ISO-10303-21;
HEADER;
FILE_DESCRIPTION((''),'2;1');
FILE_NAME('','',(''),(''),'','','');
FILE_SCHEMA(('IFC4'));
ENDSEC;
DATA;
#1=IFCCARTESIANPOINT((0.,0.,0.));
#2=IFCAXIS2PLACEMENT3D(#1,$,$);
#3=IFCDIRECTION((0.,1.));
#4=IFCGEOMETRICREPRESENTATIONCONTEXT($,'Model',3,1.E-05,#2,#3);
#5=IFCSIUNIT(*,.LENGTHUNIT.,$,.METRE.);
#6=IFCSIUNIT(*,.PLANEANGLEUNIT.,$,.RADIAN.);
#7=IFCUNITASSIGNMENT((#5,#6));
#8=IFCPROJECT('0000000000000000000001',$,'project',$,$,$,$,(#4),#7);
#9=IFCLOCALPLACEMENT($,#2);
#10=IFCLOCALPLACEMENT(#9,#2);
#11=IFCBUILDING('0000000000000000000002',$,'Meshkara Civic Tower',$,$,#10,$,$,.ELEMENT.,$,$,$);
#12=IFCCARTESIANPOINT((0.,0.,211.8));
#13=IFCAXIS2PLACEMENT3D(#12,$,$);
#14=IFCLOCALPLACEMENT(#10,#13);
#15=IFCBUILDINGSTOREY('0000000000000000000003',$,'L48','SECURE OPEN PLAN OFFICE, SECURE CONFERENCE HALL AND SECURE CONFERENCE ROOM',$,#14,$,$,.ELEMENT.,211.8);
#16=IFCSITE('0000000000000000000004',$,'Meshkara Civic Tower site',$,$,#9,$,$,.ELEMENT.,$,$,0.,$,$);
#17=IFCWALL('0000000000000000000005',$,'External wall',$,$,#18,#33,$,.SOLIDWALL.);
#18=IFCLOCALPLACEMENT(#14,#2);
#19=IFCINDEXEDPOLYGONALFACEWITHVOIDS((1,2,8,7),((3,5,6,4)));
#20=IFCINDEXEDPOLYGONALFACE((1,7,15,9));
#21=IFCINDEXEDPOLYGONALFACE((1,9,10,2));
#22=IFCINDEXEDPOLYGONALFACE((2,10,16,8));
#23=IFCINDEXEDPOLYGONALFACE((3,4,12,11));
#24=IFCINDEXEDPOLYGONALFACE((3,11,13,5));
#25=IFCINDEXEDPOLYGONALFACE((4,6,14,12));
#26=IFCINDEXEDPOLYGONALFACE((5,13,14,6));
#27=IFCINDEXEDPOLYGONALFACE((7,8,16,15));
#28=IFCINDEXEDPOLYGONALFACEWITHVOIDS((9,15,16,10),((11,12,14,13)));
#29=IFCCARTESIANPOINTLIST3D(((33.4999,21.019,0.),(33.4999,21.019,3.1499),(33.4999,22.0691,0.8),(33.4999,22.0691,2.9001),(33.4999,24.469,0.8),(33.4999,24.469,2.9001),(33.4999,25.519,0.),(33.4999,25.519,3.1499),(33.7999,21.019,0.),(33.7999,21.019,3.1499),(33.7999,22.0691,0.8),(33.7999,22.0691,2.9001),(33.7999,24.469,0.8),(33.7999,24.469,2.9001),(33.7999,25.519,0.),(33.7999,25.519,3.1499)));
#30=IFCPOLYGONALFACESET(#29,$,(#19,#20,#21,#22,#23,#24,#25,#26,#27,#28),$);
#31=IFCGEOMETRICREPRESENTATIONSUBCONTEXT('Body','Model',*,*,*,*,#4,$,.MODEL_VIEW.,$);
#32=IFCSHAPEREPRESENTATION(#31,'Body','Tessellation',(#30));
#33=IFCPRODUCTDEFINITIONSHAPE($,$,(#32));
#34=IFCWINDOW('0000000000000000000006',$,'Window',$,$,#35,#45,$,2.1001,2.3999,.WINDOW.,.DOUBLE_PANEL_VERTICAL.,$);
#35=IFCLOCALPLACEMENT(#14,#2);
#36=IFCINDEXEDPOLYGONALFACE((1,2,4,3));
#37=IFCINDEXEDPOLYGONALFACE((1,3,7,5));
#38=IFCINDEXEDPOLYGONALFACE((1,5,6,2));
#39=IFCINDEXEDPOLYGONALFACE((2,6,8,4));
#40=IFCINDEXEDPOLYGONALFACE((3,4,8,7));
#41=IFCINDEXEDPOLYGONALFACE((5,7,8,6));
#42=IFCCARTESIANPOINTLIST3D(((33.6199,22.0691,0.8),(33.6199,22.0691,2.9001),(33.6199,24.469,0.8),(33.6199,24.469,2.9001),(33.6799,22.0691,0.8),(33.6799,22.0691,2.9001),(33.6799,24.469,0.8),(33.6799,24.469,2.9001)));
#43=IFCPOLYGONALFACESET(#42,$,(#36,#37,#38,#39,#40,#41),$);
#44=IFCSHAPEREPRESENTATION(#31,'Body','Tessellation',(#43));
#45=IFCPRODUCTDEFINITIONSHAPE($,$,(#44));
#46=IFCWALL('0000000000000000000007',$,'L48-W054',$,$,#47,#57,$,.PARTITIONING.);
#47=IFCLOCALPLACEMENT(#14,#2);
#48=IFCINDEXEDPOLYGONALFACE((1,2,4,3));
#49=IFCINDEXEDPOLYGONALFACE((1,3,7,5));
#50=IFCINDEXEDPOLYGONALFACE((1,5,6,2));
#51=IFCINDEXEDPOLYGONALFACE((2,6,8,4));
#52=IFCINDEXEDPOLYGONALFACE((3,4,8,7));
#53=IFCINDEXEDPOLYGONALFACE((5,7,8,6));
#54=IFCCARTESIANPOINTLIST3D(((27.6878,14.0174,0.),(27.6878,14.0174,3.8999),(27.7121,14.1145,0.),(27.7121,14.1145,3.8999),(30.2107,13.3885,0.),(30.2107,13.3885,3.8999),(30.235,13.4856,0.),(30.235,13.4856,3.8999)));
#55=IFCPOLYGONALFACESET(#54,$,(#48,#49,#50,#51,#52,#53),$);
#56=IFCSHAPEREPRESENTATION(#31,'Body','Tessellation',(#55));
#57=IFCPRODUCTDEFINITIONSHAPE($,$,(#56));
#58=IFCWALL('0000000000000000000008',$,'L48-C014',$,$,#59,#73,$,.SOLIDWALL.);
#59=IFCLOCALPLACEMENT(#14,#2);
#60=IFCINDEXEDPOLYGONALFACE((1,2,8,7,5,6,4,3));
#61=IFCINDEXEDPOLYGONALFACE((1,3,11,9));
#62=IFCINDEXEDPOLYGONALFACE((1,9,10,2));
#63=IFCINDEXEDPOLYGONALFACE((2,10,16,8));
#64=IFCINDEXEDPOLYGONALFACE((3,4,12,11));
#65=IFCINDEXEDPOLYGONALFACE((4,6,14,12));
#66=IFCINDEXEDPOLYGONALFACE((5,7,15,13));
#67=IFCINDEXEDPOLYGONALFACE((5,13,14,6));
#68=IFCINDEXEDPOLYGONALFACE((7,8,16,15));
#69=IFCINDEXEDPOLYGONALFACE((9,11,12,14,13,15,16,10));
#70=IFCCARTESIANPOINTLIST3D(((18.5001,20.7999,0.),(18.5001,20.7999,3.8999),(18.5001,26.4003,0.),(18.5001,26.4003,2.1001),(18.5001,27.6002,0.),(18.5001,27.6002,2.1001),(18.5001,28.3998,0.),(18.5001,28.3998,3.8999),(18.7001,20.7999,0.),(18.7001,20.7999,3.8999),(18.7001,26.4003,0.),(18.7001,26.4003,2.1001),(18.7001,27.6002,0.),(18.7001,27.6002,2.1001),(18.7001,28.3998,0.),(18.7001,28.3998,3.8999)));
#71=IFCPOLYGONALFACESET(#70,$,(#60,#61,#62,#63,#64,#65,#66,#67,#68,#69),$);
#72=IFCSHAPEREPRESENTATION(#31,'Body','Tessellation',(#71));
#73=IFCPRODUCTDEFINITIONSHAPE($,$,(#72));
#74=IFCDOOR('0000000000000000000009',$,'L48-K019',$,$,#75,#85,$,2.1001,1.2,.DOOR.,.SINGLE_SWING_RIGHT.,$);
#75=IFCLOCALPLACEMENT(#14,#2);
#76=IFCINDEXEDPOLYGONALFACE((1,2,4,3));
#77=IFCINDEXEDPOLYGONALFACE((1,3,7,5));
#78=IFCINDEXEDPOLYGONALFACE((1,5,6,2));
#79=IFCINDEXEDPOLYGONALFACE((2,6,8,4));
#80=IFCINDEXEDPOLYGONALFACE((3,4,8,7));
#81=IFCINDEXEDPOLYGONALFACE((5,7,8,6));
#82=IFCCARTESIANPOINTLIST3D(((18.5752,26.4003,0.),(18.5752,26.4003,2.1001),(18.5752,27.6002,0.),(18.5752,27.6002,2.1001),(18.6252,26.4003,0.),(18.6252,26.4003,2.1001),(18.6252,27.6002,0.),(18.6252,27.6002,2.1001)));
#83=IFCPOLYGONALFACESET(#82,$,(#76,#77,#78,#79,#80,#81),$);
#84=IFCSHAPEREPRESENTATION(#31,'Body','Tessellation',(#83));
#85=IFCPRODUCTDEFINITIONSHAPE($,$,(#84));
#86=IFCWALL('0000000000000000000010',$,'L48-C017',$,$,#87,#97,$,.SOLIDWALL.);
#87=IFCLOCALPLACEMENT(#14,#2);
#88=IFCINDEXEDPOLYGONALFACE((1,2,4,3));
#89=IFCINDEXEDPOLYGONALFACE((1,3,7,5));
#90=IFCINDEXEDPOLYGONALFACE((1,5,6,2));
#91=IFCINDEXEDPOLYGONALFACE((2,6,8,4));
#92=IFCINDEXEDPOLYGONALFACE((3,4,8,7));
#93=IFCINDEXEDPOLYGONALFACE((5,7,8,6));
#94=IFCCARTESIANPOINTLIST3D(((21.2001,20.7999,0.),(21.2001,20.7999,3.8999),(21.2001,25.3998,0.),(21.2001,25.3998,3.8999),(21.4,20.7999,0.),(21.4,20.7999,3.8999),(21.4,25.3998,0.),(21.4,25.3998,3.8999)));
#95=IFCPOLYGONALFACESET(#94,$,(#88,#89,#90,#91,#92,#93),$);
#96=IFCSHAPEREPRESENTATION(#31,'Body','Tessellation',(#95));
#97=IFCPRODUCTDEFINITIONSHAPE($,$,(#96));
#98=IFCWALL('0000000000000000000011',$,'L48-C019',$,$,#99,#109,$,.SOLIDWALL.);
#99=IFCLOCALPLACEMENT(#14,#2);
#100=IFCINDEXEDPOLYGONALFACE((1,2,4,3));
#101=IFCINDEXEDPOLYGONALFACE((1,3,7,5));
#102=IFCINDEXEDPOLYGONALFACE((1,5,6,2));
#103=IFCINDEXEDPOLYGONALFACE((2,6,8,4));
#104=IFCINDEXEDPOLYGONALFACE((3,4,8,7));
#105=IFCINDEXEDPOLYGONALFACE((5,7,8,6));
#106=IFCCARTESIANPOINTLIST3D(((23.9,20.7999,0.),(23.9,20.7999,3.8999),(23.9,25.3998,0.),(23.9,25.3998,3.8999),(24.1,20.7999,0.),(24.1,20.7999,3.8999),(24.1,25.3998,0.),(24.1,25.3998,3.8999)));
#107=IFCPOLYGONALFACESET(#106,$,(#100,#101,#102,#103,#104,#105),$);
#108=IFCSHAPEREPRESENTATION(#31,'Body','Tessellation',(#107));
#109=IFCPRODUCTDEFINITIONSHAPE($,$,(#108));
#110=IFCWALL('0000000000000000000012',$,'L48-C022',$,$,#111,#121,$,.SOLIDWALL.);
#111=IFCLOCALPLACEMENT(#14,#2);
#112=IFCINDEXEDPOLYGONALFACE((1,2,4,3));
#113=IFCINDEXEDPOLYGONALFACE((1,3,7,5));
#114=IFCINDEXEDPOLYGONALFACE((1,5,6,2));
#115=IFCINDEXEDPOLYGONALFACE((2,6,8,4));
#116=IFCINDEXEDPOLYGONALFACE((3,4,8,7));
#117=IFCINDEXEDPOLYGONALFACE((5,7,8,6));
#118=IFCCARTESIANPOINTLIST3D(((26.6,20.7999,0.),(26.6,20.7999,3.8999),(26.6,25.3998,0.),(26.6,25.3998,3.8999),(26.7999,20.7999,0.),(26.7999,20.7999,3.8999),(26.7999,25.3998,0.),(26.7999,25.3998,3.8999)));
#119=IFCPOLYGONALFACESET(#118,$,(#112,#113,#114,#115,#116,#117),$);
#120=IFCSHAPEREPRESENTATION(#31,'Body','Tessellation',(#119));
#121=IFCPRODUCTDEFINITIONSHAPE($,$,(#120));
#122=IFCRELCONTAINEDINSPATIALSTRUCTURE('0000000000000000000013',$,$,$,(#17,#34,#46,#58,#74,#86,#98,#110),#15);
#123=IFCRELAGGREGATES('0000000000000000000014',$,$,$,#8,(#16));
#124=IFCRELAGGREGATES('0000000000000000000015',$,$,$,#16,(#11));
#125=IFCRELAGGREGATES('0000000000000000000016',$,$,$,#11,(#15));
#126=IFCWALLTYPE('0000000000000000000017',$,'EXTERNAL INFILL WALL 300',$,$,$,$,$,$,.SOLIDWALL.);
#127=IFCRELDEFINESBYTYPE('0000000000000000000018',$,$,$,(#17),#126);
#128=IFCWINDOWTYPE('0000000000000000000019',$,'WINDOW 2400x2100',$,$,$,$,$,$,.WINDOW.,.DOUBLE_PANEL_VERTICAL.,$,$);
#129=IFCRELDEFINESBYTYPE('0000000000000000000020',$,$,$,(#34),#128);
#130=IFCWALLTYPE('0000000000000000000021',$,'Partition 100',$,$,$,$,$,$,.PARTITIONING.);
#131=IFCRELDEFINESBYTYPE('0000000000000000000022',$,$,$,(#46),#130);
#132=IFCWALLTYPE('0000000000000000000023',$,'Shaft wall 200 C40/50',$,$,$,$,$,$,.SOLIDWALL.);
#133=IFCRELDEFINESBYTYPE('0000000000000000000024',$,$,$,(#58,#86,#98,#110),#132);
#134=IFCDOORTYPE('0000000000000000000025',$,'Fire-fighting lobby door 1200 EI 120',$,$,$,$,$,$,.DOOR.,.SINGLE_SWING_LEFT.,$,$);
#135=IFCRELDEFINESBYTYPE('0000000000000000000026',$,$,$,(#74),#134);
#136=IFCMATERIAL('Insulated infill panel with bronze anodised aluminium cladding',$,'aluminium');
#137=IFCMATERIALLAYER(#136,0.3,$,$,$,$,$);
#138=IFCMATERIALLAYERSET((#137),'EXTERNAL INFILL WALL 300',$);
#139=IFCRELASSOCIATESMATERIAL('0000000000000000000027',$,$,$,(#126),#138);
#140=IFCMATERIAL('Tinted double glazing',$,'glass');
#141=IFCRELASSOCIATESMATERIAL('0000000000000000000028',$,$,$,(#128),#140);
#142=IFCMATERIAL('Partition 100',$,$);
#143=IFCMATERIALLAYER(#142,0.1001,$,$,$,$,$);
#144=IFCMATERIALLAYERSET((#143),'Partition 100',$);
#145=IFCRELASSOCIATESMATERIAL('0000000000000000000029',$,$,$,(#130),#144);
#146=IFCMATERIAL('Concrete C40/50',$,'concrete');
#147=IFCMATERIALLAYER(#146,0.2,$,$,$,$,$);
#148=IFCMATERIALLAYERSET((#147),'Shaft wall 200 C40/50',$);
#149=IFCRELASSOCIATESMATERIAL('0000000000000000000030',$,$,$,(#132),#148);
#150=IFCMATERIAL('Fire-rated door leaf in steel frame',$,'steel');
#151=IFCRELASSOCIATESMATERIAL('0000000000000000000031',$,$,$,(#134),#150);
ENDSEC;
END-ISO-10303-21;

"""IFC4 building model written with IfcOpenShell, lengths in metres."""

from ifc_helpers import new_model, si_unit, direction, frame, frame_2d, origin, place, context, subcontext, project, spatial, rectangle, extrude, material, layer, layer_set, type_object, element, fill, save


model = new_model("IFC4")

# Units and contexts
model_context = context("Model", 3, precision=1e-05, world=origin(), true_north=direction((0.0, 1.0)))
body_context = subcontext(model_context, "Body", "Model", "MODEL_VIEW")
ifc_project = project(units=[si_unit("LENGTHUNIT", "METRE"), si_unit("PLANEANGLEUNIT", "RADIAN")], contexts=[model_context])

# Site, building, storey
site_placement = place(None, origin())
site = spatial("IfcSite", under=ifc_project, at=site_placement, Name="Meshkara Civic Tower site", CompositionType="ELEMENT", RefElevation=0.0)
building_placement = place(site_placement, origin())
building = spatial("IfcBuilding", under=site, at=building_placement, Name="Meshkara Civic Tower", CompositionType="ELEMENT")
storey_placement = place(building_placement, frame((0.0, 0.0, 211.8)))
storey = spatial("IfcBuildingStorey", under=building, at=storey_placement, Name="L48", Description="SECURE OPEN PLAN OFFICE, SECURE CONFERENCE HALL AND SECURE CONFERENCE ROOM", CompositionType="ELEMENT", Elevation=211.8)

# Wall, opening, window
ifc_material_1 = material(Name="Insulated infill panel with bronze anodised aluminium cladding", Category="aluminium")
ifc_layer_1 = layer(ifc_material_1, 0.3)
ifc_layer_set_1 = layer_set([ifc_layer_1], Name="EXTERNAL INFILL WALL 300")
wall_type_1 = type_object("IfcWallType", Name="EXTERNAL INFILL WALL 300", PredefinedType="SOLIDWALL", material=ifc_layer_set_1)
ifc_material_2 = material(Name="Tinted double glazing", Category="glass")
window_type = type_object("IfcWindowType", Name="WINDOW 2400x2100", PartitioningType="DOUBLE_PANEL_VERTICAL", PredefinedType="WINDOW", material=ifc_material_2)
wall_1_placement = place(storey_placement, frame((33.6499, 21.019, 0.0), z_axis=(0.0, 0.0, 1.0), x_axis=(0.0, 1.0, 0.0)))
wall_1 = element("IfcWall", 1, at=wall_1_placement, inside=storey, type_object=wall_type_1, Name="External wall", PredefinedType="SOLIDWALL", context=body_context, shape_type="SweptSolid", body=[
    extrude(rectangle(XDim=4.5, YDim=0.3, at=frame_2d((2.25, 0.0))), origin(), (0.0, 0.0, 1.0), 3.1499),
])
opening_1_placement = place(wall_1_placement, frame((1.05, 0.0, 0.8)))
opening_1 = element("IfcOpeningElement", 2, at=opening_1_placement, cuts=wall_1, PredefinedType="OPENING", context=body_context, shape_type="SweptSolid", body=[
    extrude(rectangle(XDim=2.3999, YDim=2.1001, at=frame_2d((1.2, 1.05))), frame((0.0, 0.1599, 0.0), z_axis=(0.0, -1.0, 0.0), x_axis=(1.0, 0.0, 0.0)), (0.0, 0.0, 1.0), 0.3201),
])
window_1_placement = place(opening_1_placement, origin())
window_1 = element("IfcWindow", 3, at=window_1_placement, inside=storey, type_object=window_type, Name="Window", OverallHeight=2.1001, OverallWidth=2.3999, PartitioningType="DOUBLE_PANEL_VERTICAL", PredefinedType="WINDOW", context=body_context, shape_type="SweptSolid", body=[
    extrude(rectangle(XDim=2.3999, YDim=2.1001, at=frame_2d((1.2, 1.05))), frame((0.0, 0.03, 0.0), z_axis=(0.0, -1.0, 0.0), x_axis=(1.0, 0.0, 0.0)), (0.0, 0.0, 1.0), 0.0601),
])
fill(opening_1, window_1)

# Wall
ifc_material_3 = material(Name="Partition 100")
ifc_layer_2 = layer(ifc_material_3, 0.1001)
ifc_layer_set_2 = layer_set([ifc_layer_2], Name="Partition 100")
wall_type_2 = type_object("IfcWallType", Name="Partition 100", PredefinedType="PARTITIONING", material=ifc_layer_set_2)
wall_2_placement = place(storey_placement, frame((27.7, 14.0659, 0.0), z_axis=(0.0, 0.0, 1.0), x_axis=(0.970308, -0.241873, 0.0)))
element("IfcWall", 4, at=wall_2_placement, inside=storey, type_object=wall_type_2, Name="L48-W054", PredefinedType="PARTITIONING", context=body_context, shape_type="SweptSolid", body=[
    extrude(rectangle(XDim=2.6001, YDim=0.1001, at=frame_2d((1.3, 0.0))), origin(), (0.0, 0.0, 1.0), 3.8999),
])

# Wall, opening, door
ifc_material_4 = material(Name="Concrete C40/50", Category="concrete")
ifc_layer_3 = layer(ifc_material_4, 0.2)
ifc_layer_set_3 = layer_set([ifc_layer_3], Name="Shaft wall 200 C40/50")
wall_type_3 = type_object("IfcWallType", Name="Shaft wall 200 C40/50", PredefinedType="SOLIDWALL", material=ifc_layer_set_3)
wall_3_placement = place(storey_placement, frame((18.6001, 20.8, 0.0), z_axis=(0.0, 0.0, 1.0), x_axis=(0.0, 1.0, 0.0)))
wall_3 = element("IfcWall", 5, at=wall_3_placement, inside=storey, type_object=wall_type_3, Name="L48-C014", PredefinedType="SOLIDWALL", context=body_context, shape_type="SweptSolid", body=[
    extrude(rectangle(XDim=7.5999, YDim=0.2, at=frame_2d((3.7998, 0.0))), origin(), (0.0, 0.0, 1.0), 3.8999),
])
opening_2_placement = place(wall_3_placement, frame((5.6001, 0.0, 0.0)))
opening_2 = element("IfcOpeningElement", 6, at=opening_2_placement, cuts=wall_3, PredefinedType="OPENING", context=body_context, shape_type="SweptSolid", body=[
    extrude(rectangle(XDim=1.2, YDim=2.1001, at=frame_2d((0.6001, 1.05))), frame((0.0, 0.1099, 0.0), z_axis=(0.0, -1.0, 0.0), x_axis=(1.0, 0.0, 0.0)), (0.0, 0.0, 1.0), 0.22),
])
ifc_material_5 = material(Name="Fire-rated door leaf in steel frame", Category="steel")
door_type_1 = type_object("IfcDoorType", Name="Fire-fighting lobby door 1200 EI 120", OperationType="SINGLE_SWING_LEFT", PredefinedType="DOOR", material=ifc_material_5)
door_1_placement = place(opening_2_placement, origin())
door_1 = element("IfcDoor", 7, at=door_1_placement, inside=storey, type_object=door_type_1, Name="L48-K019", OperationType="SINGLE_SWING_RIGHT", OverallHeight=2.1001, OverallWidth=1.2, PredefinedType="DOOR", context=body_context, shape_type="SweptSolid", body=[
    extrude(rectangle(XDim=1.2, YDim=2.1001, at=frame_2d((0.6001, 1.05))), frame((0.0, 0.0249, 0.0), z_axis=(0.0, -1.0, 0.0), x_axis=(1.0, 0.0, 0.0)), (0.0, 0.0, 1.0), 0.05),
])
fill(opening_2, door_1)

# Walls
for number, where, z_axis, x_axis, name in (
    (8, (21.3, 20.8, 0.0), (0.0, 0.0, 1.0), (0.0, 1.0, 0.0), "L48-C017"),
    (9, (24.0, 20.8, 0.0), (0.0, 0.0, 1.0), (0.0, 1.0, 0.0), "L48-C019"),
    (10, (26.7, 20.8, 0.0), (0.0, 0.0, 1.0), (0.0, 1.0, 0.0), "L48-C022"),
):
    element("IfcWall", number, at=place(storey_placement, frame(where, z_axis=z_axis, x_axis=x_axis)), inside=storey, type_object=wall_type_3, Name=name, PredefinedType="SOLIDWALL", context=body_context, shape_type="SweptSolid", body=[
        extrude(rectangle(XDim=4.5999, YDim=0.2, at=frame_2d((2.2998, 0.0))), origin(), (0.0, 0.0, 1.0), 3.8999),
    ])

save(model, "model.ifc")
